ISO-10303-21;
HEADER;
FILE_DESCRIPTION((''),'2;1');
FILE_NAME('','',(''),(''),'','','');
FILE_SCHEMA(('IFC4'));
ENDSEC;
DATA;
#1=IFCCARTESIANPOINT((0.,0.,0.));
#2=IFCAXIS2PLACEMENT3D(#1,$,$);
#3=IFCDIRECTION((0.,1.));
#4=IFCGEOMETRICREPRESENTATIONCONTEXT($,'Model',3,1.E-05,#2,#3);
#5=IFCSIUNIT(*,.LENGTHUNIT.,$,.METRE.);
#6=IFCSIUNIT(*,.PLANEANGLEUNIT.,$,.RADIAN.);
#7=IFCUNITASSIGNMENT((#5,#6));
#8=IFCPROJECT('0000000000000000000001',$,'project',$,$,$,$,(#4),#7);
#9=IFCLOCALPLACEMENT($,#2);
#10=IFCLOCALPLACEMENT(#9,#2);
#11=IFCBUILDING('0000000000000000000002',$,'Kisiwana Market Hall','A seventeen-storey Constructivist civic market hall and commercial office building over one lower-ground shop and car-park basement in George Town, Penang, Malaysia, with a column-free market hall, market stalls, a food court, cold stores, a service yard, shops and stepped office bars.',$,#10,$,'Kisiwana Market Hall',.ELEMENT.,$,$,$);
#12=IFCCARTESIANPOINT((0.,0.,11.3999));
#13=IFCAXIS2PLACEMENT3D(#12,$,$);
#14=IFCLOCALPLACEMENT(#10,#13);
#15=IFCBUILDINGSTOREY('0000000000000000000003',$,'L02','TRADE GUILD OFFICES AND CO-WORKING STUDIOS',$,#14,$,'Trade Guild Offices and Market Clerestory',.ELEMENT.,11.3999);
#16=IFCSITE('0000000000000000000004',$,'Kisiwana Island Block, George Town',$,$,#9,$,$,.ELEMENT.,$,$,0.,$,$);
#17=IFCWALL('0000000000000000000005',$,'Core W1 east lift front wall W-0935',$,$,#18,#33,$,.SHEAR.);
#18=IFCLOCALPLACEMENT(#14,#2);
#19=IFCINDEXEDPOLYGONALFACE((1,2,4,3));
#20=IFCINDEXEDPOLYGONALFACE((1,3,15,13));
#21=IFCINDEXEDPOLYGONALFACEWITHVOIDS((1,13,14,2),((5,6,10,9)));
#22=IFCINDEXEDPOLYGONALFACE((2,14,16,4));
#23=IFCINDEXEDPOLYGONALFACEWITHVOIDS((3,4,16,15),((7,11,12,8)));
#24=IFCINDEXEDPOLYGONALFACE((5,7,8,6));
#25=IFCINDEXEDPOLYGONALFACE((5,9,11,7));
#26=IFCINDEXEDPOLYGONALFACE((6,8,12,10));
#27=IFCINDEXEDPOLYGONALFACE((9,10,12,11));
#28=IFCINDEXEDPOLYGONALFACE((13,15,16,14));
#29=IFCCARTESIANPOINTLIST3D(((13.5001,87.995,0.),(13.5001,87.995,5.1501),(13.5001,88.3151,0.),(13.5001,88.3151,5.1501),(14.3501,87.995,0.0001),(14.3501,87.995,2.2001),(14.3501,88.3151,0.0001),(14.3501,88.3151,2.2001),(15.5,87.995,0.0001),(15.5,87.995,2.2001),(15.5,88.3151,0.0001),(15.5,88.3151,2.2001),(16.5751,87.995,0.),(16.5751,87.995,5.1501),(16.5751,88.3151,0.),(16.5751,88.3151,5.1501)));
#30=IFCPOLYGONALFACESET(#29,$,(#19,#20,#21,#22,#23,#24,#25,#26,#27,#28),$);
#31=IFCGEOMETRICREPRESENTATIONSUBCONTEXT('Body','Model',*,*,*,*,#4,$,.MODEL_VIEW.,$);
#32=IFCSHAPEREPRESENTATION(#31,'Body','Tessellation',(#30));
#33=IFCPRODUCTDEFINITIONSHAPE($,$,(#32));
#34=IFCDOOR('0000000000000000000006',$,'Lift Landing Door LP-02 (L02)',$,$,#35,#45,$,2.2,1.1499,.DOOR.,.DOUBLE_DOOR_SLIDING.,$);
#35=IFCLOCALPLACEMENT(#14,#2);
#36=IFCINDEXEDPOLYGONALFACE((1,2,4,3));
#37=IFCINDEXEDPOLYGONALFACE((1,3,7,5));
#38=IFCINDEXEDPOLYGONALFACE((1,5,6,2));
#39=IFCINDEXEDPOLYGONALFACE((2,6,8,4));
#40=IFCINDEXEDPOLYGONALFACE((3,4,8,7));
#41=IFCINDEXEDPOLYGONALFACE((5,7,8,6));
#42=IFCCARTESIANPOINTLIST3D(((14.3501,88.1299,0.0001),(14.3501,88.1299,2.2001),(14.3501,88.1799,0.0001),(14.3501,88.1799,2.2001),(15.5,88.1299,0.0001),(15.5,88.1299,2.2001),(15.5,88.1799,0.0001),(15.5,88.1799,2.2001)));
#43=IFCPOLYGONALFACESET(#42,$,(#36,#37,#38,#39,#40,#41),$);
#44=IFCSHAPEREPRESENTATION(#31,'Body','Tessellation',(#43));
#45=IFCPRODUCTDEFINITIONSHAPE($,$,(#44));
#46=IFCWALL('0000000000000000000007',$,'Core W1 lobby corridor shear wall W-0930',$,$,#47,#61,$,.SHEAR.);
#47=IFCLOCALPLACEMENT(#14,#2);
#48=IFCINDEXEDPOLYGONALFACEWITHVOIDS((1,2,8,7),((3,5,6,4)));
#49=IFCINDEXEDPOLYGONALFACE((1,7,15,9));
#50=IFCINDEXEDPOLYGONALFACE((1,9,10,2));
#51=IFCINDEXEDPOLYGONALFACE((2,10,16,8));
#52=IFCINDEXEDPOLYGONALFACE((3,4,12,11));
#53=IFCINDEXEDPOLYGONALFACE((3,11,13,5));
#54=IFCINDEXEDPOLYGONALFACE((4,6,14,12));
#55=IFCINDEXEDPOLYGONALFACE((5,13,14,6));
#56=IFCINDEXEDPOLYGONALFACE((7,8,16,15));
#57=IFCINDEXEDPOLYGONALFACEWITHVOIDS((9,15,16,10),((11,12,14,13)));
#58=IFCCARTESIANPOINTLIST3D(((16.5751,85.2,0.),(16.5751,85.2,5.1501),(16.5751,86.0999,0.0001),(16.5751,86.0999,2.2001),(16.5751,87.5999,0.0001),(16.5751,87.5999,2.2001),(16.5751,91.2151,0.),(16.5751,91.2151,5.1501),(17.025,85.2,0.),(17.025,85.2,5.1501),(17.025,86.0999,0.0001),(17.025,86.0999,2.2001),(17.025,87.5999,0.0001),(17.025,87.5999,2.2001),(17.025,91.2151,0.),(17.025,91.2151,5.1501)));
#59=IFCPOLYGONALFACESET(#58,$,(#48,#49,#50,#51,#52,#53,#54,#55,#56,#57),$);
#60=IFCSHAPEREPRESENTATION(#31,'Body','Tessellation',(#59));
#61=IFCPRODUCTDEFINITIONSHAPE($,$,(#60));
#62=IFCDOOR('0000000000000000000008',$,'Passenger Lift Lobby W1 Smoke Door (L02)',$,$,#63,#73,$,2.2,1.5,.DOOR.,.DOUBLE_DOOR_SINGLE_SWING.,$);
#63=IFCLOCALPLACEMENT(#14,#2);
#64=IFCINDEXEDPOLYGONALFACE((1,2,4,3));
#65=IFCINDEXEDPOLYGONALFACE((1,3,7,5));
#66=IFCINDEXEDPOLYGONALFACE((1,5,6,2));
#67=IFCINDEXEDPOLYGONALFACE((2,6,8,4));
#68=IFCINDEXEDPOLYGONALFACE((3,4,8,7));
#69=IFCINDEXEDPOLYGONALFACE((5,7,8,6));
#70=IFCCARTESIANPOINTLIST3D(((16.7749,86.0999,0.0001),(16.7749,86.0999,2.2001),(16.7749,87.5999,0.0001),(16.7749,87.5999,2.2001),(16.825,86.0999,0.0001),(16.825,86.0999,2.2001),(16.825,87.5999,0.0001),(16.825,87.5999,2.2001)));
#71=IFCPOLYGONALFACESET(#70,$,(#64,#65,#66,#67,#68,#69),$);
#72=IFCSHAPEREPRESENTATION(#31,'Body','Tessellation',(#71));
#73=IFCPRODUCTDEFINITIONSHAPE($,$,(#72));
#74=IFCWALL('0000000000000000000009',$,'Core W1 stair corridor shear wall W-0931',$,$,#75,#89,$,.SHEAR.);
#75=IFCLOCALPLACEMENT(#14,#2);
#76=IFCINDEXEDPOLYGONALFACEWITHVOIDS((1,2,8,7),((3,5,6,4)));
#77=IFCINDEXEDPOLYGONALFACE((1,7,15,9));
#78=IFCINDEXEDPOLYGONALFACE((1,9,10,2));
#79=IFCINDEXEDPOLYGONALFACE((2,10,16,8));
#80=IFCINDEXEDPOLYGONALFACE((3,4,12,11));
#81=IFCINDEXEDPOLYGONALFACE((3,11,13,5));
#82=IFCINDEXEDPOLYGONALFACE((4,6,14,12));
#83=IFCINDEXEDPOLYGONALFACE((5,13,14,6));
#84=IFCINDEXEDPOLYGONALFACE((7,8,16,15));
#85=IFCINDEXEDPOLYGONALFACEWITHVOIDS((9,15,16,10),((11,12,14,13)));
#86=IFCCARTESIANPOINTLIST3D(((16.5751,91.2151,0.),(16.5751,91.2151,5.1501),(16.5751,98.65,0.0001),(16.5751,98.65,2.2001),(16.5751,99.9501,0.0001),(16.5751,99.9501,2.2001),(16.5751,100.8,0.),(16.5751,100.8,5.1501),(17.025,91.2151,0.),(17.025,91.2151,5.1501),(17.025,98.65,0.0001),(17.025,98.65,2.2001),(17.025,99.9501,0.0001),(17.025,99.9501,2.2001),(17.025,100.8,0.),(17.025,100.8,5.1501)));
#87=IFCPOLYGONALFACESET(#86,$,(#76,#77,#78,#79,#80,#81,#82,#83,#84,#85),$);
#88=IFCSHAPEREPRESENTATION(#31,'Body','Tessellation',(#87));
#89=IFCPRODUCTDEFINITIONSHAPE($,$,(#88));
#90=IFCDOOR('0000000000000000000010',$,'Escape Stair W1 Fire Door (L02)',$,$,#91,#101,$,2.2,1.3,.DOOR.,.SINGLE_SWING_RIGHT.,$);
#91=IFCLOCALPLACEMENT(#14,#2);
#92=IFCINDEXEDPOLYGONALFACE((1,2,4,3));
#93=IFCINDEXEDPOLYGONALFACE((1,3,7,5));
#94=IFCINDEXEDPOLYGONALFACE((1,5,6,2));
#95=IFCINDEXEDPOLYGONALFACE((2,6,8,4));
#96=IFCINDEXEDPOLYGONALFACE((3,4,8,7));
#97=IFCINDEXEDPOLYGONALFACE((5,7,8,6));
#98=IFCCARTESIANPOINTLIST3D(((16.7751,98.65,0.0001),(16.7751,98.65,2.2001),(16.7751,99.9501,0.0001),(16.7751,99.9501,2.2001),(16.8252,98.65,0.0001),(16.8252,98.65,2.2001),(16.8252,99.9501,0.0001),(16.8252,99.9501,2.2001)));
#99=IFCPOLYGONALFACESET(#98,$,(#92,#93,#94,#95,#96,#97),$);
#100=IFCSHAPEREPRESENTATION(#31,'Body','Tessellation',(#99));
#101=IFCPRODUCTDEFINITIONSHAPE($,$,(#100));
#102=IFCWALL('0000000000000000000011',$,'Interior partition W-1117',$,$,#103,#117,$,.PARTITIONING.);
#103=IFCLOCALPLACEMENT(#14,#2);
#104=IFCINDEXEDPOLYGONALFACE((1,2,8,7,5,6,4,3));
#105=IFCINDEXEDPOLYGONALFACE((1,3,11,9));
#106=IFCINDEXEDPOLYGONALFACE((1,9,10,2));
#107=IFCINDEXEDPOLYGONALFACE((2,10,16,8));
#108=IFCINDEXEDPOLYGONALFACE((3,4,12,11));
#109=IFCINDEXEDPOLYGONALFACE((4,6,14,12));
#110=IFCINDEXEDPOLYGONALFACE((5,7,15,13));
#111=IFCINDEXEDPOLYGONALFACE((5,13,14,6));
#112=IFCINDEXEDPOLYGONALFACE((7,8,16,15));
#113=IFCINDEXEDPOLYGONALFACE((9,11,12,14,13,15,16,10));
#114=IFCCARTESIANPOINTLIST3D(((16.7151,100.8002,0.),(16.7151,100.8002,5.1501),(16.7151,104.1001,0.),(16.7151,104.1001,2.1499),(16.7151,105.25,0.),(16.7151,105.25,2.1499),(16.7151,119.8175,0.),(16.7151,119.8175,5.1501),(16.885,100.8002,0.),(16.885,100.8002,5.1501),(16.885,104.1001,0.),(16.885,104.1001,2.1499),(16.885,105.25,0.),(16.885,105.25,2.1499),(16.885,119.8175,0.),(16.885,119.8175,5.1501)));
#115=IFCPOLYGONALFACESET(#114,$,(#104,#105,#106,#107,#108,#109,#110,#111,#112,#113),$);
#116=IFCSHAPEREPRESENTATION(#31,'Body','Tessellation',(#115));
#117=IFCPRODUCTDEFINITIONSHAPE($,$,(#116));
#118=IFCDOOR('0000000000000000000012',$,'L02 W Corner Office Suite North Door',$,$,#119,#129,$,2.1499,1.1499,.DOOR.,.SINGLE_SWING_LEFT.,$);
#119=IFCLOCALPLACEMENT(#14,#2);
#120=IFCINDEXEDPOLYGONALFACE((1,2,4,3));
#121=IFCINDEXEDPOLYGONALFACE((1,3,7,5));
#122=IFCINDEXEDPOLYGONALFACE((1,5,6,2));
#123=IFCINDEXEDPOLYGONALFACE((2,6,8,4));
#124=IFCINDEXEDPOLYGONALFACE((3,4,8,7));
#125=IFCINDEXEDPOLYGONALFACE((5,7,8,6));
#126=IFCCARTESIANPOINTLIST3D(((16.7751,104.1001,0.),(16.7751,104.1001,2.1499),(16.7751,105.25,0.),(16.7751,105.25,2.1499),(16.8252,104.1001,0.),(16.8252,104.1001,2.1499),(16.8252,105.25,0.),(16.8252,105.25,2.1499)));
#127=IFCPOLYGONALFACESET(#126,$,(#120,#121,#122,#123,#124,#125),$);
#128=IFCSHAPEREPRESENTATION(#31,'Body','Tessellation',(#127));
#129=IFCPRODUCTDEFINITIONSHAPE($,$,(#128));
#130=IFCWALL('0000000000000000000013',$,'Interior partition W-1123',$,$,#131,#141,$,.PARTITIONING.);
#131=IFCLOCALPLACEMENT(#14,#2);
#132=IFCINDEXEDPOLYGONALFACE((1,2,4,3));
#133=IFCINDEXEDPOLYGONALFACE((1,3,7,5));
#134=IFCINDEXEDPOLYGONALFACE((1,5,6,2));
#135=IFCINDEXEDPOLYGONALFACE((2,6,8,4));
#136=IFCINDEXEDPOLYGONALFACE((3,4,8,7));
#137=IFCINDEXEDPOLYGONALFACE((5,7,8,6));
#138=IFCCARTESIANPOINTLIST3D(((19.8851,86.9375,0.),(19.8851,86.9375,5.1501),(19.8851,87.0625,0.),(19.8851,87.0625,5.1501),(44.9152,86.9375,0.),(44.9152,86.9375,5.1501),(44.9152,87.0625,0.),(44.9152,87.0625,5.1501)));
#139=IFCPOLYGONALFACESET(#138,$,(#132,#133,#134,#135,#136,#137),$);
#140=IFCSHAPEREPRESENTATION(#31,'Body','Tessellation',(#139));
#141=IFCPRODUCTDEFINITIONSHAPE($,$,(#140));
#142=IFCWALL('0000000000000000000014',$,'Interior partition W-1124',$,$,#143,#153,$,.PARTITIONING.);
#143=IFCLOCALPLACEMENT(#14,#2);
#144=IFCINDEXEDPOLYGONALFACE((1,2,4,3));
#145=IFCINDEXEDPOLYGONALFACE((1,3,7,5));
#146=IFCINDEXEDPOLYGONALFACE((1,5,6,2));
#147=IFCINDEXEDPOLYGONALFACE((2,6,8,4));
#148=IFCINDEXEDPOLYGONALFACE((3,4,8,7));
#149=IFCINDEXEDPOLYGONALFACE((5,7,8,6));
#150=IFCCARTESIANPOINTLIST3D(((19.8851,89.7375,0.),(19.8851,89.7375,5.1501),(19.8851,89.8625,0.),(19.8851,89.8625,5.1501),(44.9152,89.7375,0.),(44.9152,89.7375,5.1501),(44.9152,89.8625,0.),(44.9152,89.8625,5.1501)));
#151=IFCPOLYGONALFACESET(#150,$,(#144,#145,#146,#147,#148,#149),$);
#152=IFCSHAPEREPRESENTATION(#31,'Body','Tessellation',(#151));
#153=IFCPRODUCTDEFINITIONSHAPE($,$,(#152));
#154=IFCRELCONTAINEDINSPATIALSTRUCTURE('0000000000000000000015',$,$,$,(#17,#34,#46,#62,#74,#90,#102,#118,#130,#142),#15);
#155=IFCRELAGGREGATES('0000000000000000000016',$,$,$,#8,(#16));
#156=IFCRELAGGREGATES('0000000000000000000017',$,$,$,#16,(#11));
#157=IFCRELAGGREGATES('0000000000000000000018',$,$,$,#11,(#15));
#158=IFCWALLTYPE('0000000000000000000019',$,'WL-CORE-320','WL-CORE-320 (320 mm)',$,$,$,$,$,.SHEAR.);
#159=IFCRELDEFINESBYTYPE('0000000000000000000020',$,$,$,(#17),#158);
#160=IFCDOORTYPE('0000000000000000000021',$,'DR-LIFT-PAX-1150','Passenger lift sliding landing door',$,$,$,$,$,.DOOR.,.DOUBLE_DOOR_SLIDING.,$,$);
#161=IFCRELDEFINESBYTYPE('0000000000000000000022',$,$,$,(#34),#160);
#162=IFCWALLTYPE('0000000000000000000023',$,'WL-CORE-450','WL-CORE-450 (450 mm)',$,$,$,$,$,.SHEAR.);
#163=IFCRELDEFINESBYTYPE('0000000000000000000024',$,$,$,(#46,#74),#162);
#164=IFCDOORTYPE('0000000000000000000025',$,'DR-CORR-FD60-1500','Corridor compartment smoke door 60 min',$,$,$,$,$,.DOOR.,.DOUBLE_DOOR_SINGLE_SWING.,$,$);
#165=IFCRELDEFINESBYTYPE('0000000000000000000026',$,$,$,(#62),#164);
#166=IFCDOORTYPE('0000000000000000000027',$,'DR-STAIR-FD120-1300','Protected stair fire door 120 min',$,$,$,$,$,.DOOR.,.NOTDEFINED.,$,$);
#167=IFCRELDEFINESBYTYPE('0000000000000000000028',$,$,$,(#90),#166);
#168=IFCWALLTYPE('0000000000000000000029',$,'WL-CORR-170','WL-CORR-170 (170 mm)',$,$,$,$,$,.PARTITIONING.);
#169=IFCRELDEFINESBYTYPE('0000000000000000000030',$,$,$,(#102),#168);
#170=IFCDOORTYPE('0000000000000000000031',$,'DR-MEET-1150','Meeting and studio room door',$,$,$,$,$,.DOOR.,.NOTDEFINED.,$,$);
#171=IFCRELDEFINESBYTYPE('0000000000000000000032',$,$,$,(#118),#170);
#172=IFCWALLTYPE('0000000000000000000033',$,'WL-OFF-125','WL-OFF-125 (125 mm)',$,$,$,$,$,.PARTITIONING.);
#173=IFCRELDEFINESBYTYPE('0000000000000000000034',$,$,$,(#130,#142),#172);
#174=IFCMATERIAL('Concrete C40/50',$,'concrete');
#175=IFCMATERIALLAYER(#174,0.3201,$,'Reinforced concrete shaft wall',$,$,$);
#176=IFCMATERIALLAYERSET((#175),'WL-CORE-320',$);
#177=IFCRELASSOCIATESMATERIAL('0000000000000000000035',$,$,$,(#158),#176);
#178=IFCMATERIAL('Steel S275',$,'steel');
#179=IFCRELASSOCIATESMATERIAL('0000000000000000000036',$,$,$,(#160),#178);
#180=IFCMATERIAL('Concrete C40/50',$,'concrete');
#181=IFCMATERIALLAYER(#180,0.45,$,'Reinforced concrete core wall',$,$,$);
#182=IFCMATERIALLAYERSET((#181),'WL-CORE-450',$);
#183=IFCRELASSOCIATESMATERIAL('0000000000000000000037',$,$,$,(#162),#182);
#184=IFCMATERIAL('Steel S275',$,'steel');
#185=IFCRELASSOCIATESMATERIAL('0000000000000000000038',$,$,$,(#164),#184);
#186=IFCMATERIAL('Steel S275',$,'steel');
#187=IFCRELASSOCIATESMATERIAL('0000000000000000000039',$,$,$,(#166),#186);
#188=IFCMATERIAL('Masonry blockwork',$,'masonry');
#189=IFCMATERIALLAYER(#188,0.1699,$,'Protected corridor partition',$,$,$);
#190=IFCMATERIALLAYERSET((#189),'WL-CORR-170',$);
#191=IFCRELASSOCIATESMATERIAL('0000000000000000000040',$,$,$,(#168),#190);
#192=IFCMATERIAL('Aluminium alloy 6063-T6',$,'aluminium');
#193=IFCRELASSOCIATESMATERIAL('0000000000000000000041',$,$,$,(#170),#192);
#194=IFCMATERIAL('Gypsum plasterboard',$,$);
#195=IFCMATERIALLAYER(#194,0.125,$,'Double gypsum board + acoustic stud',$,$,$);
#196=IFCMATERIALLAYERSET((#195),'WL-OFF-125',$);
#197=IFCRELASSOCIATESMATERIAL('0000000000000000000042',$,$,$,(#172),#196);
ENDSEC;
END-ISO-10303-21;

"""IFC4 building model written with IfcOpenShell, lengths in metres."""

from ifc_helpers import new_model, si_unit, direction, frame, frame_2d, origin, place, context, subcontext, project, spatial, rectangle, extrude, material, layer, layer_set, type_object, element, fill, save


model = new_model("IFC4")

# Units and contexts
model_context = context("Model", 3, precision=1e-05, world=origin(), true_north=direction((0.0, 1.0)))
body_context = subcontext(model_context, "Body", "Model", "MODEL_VIEW")
ifc_project = project(units=[si_unit("LENGTHUNIT", "METRE"), si_unit("PLANEANGLEUNIT", "RADIAN")], contexts=[model_context])

# Site, building, storey
site_placement = place(None, origin())
site = spatial("IfcSite", under=ifc_project, at=site_placement, Name="Kisiwana Island Block, George Town", CompositionType="ELEMENT", RefElevation=0.0)
building_placement = place(site_placement, origin())
building = spatial("IfcBuilding", under=site, at=building_placement, Name="Kisiwana Market Hall", Description="A seventeen-storey Constructivist civic market hall and commercial office building over one lower-ground shop and car-park basement in George Town, Penang, Malaysia, with a column-free market hall, market stalls, a food court, cold stores, a service yard, shops and stepped office bars.", LongName="Kisiwana Market Hall", CompositionType="ELEMENT")
storey_placement = place(building_placement, frame((0.0, 0.0, 11.3999)))
storey = spatial("IfcBuildingStorey", under=building, at=storey_placement, Name="L02", Description="TRADE GUILD OFFICES AND CO-WORKING STUDIOS", LongName="Trade Guild Offices and Market Clerestory", CompositionType="ELEMENT", Elevation=11.3999)

# Shared definitions
ifc_material_1 = material(Name="Concrete C40/50", Category="concrete")
ifc_layer_1 = layer(ifc_material_1, 0.3201, Name="Reinforced concrete shaft wall")
ifc_layer_set_1 = layer_set([ifc_layer_1], Name="WL-CORE-320")
wall_type_1 = type_object("IfcWallType", Name="WL-CORE-320", Description="WL-CORE-320 (320 mm)", PredefinedType="SHEAR", material=ifc_layer_set_1)

# Walls, openings, doors
wall_1_placement = place(storey_placement, frame((13.5, 88.155, 0.0), z_axis=(0.0, 0.0, 1.0), x_axis=(1.0, 0.0, 0.0)))
wall_1 = element("IfcWall", 1, at=wall_1_placement, inside=storey, type_object=wall_type_1, Name="Core W1 east lift front wall W-0935", PredefinedType="SHEAR", context=body_context, shape_type="SweptSolid", body=[
    extrude(rectangle(XDim=3.075, YDim=0.3201, at=frame_2d((1.5376, 0.0))), origin(), (0.0, 0.0, 1.0), 5.1501),
])
opening_1_placement = place(wall_1_placement, frame((0.8501, 0.0, 0.0)))
opening_1 = element("IfcOpeningElement", 2, at=opening_1_placement, cuts=wall_1, PredefinedType="OPENING", context=body_context, shape_type="SweptSolid", body=[
    extrude(rectangle(XDim=1.1499, YDim=2.2, at=frame_2d((0.575, 1.1001))), frame((0.0, 0.1719, 0.0), z_axis=(0.0, -1.0, 0.0), x_axis=(1.0, 0.0, 0.0)), (0.0, 0.0, 1.0), 0.344),
])
ifc_material_2 = material(Name="Steel S275", Category="steel")
door_type_1 = type_object("IfcDoorType", Name="DR-LIFT-PAX-1150", Description="Passenger lift sliding landing door", OperationType="DOUBLE_DOOR_SLIDING", PredefinedType="DOOR", material=ifc_material_2)
door_1_placement = place(opening_1_placement, origin())
door_1 = element("IfcDoor", 3, at=door_1_placement, inside=storey, type_object=door_type_1, Name="Lift Landing Door LP-02 (L02)", OperationType="DOUBLE_DOOR_SLIDING", OverallHeight=2.2, OverallWidth=1.1499, PredefinedType="DOOR", context=body_context, shape_type="SweptSolid", body=[
    extrude(rectangle(XDim=1.1499, YDim=2.2, at=frame_2d((0.575, 1.1001))), frame((0.0, 0.0249, 0.0), z_axis=(0.0, -1.0, 0.0), x_axis=(1.0, 0.0, 0.0)), (0.0, 0.0, 1.0), 0.05),
])
fill(opening_1, door_1)
ifc_material_3 = material(Name="Concrete C40/50", Category="concrete")
ifc_layer_2 = layer(ifc_material_3, 0.45, Name="Reinforced concrete core wall")
ifc_layer_set_2 = layer_set([ifc_layer_2], Name="WL-CORE-450")
wall_type_2 = type_object("IfcWallType", Name="WL-CORE-450", Description="WL-CORE-450 (450 mm)", PredefinedType="SHEAR", material=ifc_layer_set_2)
wall_2_placement = place(storey_placement, frame((16.8, 85.2, 0.0), z_axis=(0.0, 0.0, 1.0), x_axis=(0.0, 1.0, 0.0)))
wall_2 = element("IfcWall", 4, at=wall_2_placement, inside=storey, type_object=wall_type_2, Name="Core W1 lobby corridor shear wall W-0930", PredefinedType="SHEAR", context=body_context, shape_type="SweptSolid", body=[
    extrude(rectangle(XDim=6.0151, YDim=0.45, at=frame_2d((3.0076, 0.0))), origin(), (0.0, 0.0, 1.0), 5.1501),
])
opening_2_placement = place(wall_2_placement, frame((0.8999, 0.0, 0.0)))
opening_2 = element("IfcOpeningElement", 5, at=opening_2_placement, cuts=wall_2, PredefinedType="OPENING", context=body_context, shape_type="SweptSolid", body=[
    extrude(rectangle(XDim=1.5, YDim=2.2, at=frame_2d((0.75, 1.1001))), frame((0.0, 0.2368, 0.0), z_axis=(0.0, -1.0, 0.0), x_axis=(1.0, 0.0, 0.0)), (0.0, 0.0, 1.0), 0.4739),
])
ifc_material_4 = material(Name="Steel S275", Category="steel")
door_type_2 = type_object("IfcDoorType", Name="DR-CORR-FD60-1500", Description="Corridor compartment smoke door 60 min", OperationType="DOUBLE_DOOR_SINGLE_SWING", PredefinedType="DOOR", material=ifc_material_4)
door_2_placement = place(opening_2_placement, frame((1.5, 0.0, 0.0), z_axis=(0.0, 0.0, 1.0), x_axis=(-1.0, 0.0, 0.0)))
door_2 = element("IfcDoor", 6, at=door_2_placement, inside=storey, type_object=door_type_2, Name="Passenger Lift Lobby W1 Smoke Door (L02)", OperationType="DOUBLE_DOOR_SINGLE_SWING", OverallHeight=2.2, OverallWidth=1.5, PredefinedType="DOOR", context=body_context, shape_type="SweptSolid", body=[
    extrude(rectangle(XDim=1.5, YDim=2.2, at=frame_2d((0.75, 1.1001))), frame((0.0, 0.0249, 0.0), z_axis=(0.0, -1.0, 0.0), x_axis=(1.0, 0.0, 0.0)), (0.0, 0.0, 1.0), 0.05),
])
fill(opening_2, door_2)
wall_3_placement = place(storey_placement, frame((16.8, 91.2151, 0.0), z_axis=(0.0, 0.0, 1.0), x_axis=(0.0, 1.0, 0.0)))
wall_3 = element("IfcWall", 7, at=wall_3_placement, inside=storey, type_object=wall_type_2, Name="Core W1 stair corridor shear wall W-0931", PredefinedType="SHEAR", context=body_context, shape_type="SweptSolid", body=[
    extrude(rectangle(XDim=9.585, YDim=0.45, at=frame_2d((4.7925, 0.0))), origin(), (0.0, 0.0, 1.0), 5.1501),
])
opening_3_placement = place(wall_3_placement, frame((7.4351, 0.0, 0.0)))
opening_3 = element("IfcOpeningElement", 8, at=opening_3_placement, cuts=wall_3, PredefinedType="OPENING", context=body_context, shape_type="SweptSolid", body=[
    extrude(rectangle(XDim=1.3, YDim=2.2, at=frame_2d((0.6499, 1.1001))), frame((0.0, 0.2368, 0.0), z_axis=(0.0, -1.0, 0.0), x_axis=(1.0, 0.0, 0.0)), (0.0, 0.0, 1.0), 0.4739),
])
ifc_material_5 = material(Name="Steel S275", Category="steel")
door_type_3 = type_object("IfcDoorType", Name="DR-STAIR-FD120-1300", Description="Protected stair fire door 120 min", OperationType="NOTDEFINED", PredefinedType="DOOR", material=ifc_material_5)
door_3_placement = place(opening_3_placement, origin())
door_3 = element("IfcDoor", 9, at=door_3_placement, inside=storey, type_object=door_type_3, Name="Escape Stair W1 Fire Door (L02)", OperationType="SINGLE_SWING_RIGHT", OverallHeight=2.2, OverallWidth=1.3, PredefinedType="DOOR", context=body_context, shape_type="SweptSolid", body=[
    extrude(rectangle(XDim=1.3, YDim=2.2, at=frame_2d((0.6499, 1.1001))), frame((0.0, 0.0249, 0.0), z_axis=(0.0, -1.0, 0.0), x_axis=(1.0, 0.0, 0.0)), (0.0, 0.0, 1.0), 0.05),
])
fill(opening_3, door_3)
ifc_material_6 = material(Name="Masonry blockwork", Category="masonry")
ifc_layer_3 = layer(ifc_material_6, 0.1699, Name="Protected corridor partition")
ifc_layer_set_3 = layer_set([ifc_layer_3], Name="WL-CORR-170")
wall_type_3 = type_object("IfcWallType", Name="WL-CORR-170", Description="WL-CORR-170 (170 mm)", PredefinedType="PARTITIONING", material=ifc_layer_set_3)
wall_4_placement = place(storey_placement, frame((16.8, 100.8, 0.0), z_axis=(0.0, 0.0, 1.0), x_axis=(0.0, 1.0, 0.0)))
wall_4 = element("IfcWall", 10, at=wall_4_placement, inside=storey, type_object=wall_type_3, Name="Interior partition W-1117", PredefinedType="PARTITIONING", context=body_context, shape_type="SweptSolid", body=[
    extrude(rectangle(XDim=19.0173, YDim=0.1699, at=frame_2d((9.5088, 0.0))), origin(), (0.0, 0.0, 1.0), 5.1501),
])
opening_4_placement = place(wall_4_placement, frame((3.3, 0.0, 0.0)))
opening_4 = element("IfcOpeningElement", 11, at=opening_4_placement, cuts=wall_4, PredefinedType="OPENING", context=body_context, shape_type="SweptSolid", body=[
    extrude(rectangle(XDim=1.1499, YDim=2.1499, at=frame_2d((0.575, 1.075))), frame((0.0, 0.0969, 0.0), z_axis=(0.0, -1.0, 0.0), x_axis=(1.0, 0.0, 0.0)), (0.0, 0.0, 1.0), 0.1938),
])
ifc_material_7 = material(Name="Aluminium alloy 6063-T6", Category="aluminium")
door_type_4 = type_object("IfcDoorType", Name="DR-MEET-1150", Description="Meeting and studio room door", OperationType="NOTDEFINED", PredefinedType="DOOR", material=ifc_material_7)
door_4_placement = place(opening_4_placement, origin())
door_4 = element("IfcDoor", 12, at=door_4_placement, inside=storey, type_object=door_type_4, Name="L02 W Corner Office Suite North Door", OperationType="SINGLE_SWING_LEFT", OverallHeight=2.1499, OverallWidth=1.1499, PredefinedType="DOOR", context=body_context, shape_type="SweptSolid", body=[
    extrude(rectangle(XDim=1.1499, YDim=2.1499, at=frame_2d((0.575, 1.075))), frame((0.0, 0.0249, 0.0), z_axis=(0.0, -1.0, 0.0), x_axis=(1.0, 0.0, 0.0)), (0.0, 0.0, 1.0), 0.05),
])
fill(opening_4, door_4)

# Walls
ifc_material_8 = material(Name="Gypsum plasterboard")
ifc_layer_4 = layer(ifc_material_8, 0.125, Name="Double gypsum board + acoustic stud")
ifc_layer_set_4 = layer_set([ifc_layer_4], Name="WL-OFF-125")
wall_type_4 = type_object("IfcWallType", Name="WL-OFF-125", Description="WL-OFF-125 (125 mm)", PredefinedType="PARTITIONING", material=ifc_layer_set_4)
for number, where, z_axis, x_axis, name in (
    (13, (19.885, 87.0, 0.0), (0.0, 0.0, 1.0), (1.0, 0.0, 0.0), "Interior partition W-1123"),
    (14, (19.885, 89.8, 0.0), (0.0, 0.0, 1.0), (1.0, 0.0, 0.0), "Interior partition W-1124"),
):
    element("IfcWall", number, at=place(storey_placement, frame(where, z_axis=z_axis, x_axis=x_axis)), inside=storey, type_object=wall_type_4, Name=name, PredefinedType="PARTITIONING", context=body_context, shape_type="SweptSolid", body=[
        extrude(rectangle(XDim=25.03, YDim=0.125, at=frame_2d((12.5151, 0.0))), origin(), (0.0, 0.0, 1.0), 5.1501),
    ])

save(model, "model.ifc")
